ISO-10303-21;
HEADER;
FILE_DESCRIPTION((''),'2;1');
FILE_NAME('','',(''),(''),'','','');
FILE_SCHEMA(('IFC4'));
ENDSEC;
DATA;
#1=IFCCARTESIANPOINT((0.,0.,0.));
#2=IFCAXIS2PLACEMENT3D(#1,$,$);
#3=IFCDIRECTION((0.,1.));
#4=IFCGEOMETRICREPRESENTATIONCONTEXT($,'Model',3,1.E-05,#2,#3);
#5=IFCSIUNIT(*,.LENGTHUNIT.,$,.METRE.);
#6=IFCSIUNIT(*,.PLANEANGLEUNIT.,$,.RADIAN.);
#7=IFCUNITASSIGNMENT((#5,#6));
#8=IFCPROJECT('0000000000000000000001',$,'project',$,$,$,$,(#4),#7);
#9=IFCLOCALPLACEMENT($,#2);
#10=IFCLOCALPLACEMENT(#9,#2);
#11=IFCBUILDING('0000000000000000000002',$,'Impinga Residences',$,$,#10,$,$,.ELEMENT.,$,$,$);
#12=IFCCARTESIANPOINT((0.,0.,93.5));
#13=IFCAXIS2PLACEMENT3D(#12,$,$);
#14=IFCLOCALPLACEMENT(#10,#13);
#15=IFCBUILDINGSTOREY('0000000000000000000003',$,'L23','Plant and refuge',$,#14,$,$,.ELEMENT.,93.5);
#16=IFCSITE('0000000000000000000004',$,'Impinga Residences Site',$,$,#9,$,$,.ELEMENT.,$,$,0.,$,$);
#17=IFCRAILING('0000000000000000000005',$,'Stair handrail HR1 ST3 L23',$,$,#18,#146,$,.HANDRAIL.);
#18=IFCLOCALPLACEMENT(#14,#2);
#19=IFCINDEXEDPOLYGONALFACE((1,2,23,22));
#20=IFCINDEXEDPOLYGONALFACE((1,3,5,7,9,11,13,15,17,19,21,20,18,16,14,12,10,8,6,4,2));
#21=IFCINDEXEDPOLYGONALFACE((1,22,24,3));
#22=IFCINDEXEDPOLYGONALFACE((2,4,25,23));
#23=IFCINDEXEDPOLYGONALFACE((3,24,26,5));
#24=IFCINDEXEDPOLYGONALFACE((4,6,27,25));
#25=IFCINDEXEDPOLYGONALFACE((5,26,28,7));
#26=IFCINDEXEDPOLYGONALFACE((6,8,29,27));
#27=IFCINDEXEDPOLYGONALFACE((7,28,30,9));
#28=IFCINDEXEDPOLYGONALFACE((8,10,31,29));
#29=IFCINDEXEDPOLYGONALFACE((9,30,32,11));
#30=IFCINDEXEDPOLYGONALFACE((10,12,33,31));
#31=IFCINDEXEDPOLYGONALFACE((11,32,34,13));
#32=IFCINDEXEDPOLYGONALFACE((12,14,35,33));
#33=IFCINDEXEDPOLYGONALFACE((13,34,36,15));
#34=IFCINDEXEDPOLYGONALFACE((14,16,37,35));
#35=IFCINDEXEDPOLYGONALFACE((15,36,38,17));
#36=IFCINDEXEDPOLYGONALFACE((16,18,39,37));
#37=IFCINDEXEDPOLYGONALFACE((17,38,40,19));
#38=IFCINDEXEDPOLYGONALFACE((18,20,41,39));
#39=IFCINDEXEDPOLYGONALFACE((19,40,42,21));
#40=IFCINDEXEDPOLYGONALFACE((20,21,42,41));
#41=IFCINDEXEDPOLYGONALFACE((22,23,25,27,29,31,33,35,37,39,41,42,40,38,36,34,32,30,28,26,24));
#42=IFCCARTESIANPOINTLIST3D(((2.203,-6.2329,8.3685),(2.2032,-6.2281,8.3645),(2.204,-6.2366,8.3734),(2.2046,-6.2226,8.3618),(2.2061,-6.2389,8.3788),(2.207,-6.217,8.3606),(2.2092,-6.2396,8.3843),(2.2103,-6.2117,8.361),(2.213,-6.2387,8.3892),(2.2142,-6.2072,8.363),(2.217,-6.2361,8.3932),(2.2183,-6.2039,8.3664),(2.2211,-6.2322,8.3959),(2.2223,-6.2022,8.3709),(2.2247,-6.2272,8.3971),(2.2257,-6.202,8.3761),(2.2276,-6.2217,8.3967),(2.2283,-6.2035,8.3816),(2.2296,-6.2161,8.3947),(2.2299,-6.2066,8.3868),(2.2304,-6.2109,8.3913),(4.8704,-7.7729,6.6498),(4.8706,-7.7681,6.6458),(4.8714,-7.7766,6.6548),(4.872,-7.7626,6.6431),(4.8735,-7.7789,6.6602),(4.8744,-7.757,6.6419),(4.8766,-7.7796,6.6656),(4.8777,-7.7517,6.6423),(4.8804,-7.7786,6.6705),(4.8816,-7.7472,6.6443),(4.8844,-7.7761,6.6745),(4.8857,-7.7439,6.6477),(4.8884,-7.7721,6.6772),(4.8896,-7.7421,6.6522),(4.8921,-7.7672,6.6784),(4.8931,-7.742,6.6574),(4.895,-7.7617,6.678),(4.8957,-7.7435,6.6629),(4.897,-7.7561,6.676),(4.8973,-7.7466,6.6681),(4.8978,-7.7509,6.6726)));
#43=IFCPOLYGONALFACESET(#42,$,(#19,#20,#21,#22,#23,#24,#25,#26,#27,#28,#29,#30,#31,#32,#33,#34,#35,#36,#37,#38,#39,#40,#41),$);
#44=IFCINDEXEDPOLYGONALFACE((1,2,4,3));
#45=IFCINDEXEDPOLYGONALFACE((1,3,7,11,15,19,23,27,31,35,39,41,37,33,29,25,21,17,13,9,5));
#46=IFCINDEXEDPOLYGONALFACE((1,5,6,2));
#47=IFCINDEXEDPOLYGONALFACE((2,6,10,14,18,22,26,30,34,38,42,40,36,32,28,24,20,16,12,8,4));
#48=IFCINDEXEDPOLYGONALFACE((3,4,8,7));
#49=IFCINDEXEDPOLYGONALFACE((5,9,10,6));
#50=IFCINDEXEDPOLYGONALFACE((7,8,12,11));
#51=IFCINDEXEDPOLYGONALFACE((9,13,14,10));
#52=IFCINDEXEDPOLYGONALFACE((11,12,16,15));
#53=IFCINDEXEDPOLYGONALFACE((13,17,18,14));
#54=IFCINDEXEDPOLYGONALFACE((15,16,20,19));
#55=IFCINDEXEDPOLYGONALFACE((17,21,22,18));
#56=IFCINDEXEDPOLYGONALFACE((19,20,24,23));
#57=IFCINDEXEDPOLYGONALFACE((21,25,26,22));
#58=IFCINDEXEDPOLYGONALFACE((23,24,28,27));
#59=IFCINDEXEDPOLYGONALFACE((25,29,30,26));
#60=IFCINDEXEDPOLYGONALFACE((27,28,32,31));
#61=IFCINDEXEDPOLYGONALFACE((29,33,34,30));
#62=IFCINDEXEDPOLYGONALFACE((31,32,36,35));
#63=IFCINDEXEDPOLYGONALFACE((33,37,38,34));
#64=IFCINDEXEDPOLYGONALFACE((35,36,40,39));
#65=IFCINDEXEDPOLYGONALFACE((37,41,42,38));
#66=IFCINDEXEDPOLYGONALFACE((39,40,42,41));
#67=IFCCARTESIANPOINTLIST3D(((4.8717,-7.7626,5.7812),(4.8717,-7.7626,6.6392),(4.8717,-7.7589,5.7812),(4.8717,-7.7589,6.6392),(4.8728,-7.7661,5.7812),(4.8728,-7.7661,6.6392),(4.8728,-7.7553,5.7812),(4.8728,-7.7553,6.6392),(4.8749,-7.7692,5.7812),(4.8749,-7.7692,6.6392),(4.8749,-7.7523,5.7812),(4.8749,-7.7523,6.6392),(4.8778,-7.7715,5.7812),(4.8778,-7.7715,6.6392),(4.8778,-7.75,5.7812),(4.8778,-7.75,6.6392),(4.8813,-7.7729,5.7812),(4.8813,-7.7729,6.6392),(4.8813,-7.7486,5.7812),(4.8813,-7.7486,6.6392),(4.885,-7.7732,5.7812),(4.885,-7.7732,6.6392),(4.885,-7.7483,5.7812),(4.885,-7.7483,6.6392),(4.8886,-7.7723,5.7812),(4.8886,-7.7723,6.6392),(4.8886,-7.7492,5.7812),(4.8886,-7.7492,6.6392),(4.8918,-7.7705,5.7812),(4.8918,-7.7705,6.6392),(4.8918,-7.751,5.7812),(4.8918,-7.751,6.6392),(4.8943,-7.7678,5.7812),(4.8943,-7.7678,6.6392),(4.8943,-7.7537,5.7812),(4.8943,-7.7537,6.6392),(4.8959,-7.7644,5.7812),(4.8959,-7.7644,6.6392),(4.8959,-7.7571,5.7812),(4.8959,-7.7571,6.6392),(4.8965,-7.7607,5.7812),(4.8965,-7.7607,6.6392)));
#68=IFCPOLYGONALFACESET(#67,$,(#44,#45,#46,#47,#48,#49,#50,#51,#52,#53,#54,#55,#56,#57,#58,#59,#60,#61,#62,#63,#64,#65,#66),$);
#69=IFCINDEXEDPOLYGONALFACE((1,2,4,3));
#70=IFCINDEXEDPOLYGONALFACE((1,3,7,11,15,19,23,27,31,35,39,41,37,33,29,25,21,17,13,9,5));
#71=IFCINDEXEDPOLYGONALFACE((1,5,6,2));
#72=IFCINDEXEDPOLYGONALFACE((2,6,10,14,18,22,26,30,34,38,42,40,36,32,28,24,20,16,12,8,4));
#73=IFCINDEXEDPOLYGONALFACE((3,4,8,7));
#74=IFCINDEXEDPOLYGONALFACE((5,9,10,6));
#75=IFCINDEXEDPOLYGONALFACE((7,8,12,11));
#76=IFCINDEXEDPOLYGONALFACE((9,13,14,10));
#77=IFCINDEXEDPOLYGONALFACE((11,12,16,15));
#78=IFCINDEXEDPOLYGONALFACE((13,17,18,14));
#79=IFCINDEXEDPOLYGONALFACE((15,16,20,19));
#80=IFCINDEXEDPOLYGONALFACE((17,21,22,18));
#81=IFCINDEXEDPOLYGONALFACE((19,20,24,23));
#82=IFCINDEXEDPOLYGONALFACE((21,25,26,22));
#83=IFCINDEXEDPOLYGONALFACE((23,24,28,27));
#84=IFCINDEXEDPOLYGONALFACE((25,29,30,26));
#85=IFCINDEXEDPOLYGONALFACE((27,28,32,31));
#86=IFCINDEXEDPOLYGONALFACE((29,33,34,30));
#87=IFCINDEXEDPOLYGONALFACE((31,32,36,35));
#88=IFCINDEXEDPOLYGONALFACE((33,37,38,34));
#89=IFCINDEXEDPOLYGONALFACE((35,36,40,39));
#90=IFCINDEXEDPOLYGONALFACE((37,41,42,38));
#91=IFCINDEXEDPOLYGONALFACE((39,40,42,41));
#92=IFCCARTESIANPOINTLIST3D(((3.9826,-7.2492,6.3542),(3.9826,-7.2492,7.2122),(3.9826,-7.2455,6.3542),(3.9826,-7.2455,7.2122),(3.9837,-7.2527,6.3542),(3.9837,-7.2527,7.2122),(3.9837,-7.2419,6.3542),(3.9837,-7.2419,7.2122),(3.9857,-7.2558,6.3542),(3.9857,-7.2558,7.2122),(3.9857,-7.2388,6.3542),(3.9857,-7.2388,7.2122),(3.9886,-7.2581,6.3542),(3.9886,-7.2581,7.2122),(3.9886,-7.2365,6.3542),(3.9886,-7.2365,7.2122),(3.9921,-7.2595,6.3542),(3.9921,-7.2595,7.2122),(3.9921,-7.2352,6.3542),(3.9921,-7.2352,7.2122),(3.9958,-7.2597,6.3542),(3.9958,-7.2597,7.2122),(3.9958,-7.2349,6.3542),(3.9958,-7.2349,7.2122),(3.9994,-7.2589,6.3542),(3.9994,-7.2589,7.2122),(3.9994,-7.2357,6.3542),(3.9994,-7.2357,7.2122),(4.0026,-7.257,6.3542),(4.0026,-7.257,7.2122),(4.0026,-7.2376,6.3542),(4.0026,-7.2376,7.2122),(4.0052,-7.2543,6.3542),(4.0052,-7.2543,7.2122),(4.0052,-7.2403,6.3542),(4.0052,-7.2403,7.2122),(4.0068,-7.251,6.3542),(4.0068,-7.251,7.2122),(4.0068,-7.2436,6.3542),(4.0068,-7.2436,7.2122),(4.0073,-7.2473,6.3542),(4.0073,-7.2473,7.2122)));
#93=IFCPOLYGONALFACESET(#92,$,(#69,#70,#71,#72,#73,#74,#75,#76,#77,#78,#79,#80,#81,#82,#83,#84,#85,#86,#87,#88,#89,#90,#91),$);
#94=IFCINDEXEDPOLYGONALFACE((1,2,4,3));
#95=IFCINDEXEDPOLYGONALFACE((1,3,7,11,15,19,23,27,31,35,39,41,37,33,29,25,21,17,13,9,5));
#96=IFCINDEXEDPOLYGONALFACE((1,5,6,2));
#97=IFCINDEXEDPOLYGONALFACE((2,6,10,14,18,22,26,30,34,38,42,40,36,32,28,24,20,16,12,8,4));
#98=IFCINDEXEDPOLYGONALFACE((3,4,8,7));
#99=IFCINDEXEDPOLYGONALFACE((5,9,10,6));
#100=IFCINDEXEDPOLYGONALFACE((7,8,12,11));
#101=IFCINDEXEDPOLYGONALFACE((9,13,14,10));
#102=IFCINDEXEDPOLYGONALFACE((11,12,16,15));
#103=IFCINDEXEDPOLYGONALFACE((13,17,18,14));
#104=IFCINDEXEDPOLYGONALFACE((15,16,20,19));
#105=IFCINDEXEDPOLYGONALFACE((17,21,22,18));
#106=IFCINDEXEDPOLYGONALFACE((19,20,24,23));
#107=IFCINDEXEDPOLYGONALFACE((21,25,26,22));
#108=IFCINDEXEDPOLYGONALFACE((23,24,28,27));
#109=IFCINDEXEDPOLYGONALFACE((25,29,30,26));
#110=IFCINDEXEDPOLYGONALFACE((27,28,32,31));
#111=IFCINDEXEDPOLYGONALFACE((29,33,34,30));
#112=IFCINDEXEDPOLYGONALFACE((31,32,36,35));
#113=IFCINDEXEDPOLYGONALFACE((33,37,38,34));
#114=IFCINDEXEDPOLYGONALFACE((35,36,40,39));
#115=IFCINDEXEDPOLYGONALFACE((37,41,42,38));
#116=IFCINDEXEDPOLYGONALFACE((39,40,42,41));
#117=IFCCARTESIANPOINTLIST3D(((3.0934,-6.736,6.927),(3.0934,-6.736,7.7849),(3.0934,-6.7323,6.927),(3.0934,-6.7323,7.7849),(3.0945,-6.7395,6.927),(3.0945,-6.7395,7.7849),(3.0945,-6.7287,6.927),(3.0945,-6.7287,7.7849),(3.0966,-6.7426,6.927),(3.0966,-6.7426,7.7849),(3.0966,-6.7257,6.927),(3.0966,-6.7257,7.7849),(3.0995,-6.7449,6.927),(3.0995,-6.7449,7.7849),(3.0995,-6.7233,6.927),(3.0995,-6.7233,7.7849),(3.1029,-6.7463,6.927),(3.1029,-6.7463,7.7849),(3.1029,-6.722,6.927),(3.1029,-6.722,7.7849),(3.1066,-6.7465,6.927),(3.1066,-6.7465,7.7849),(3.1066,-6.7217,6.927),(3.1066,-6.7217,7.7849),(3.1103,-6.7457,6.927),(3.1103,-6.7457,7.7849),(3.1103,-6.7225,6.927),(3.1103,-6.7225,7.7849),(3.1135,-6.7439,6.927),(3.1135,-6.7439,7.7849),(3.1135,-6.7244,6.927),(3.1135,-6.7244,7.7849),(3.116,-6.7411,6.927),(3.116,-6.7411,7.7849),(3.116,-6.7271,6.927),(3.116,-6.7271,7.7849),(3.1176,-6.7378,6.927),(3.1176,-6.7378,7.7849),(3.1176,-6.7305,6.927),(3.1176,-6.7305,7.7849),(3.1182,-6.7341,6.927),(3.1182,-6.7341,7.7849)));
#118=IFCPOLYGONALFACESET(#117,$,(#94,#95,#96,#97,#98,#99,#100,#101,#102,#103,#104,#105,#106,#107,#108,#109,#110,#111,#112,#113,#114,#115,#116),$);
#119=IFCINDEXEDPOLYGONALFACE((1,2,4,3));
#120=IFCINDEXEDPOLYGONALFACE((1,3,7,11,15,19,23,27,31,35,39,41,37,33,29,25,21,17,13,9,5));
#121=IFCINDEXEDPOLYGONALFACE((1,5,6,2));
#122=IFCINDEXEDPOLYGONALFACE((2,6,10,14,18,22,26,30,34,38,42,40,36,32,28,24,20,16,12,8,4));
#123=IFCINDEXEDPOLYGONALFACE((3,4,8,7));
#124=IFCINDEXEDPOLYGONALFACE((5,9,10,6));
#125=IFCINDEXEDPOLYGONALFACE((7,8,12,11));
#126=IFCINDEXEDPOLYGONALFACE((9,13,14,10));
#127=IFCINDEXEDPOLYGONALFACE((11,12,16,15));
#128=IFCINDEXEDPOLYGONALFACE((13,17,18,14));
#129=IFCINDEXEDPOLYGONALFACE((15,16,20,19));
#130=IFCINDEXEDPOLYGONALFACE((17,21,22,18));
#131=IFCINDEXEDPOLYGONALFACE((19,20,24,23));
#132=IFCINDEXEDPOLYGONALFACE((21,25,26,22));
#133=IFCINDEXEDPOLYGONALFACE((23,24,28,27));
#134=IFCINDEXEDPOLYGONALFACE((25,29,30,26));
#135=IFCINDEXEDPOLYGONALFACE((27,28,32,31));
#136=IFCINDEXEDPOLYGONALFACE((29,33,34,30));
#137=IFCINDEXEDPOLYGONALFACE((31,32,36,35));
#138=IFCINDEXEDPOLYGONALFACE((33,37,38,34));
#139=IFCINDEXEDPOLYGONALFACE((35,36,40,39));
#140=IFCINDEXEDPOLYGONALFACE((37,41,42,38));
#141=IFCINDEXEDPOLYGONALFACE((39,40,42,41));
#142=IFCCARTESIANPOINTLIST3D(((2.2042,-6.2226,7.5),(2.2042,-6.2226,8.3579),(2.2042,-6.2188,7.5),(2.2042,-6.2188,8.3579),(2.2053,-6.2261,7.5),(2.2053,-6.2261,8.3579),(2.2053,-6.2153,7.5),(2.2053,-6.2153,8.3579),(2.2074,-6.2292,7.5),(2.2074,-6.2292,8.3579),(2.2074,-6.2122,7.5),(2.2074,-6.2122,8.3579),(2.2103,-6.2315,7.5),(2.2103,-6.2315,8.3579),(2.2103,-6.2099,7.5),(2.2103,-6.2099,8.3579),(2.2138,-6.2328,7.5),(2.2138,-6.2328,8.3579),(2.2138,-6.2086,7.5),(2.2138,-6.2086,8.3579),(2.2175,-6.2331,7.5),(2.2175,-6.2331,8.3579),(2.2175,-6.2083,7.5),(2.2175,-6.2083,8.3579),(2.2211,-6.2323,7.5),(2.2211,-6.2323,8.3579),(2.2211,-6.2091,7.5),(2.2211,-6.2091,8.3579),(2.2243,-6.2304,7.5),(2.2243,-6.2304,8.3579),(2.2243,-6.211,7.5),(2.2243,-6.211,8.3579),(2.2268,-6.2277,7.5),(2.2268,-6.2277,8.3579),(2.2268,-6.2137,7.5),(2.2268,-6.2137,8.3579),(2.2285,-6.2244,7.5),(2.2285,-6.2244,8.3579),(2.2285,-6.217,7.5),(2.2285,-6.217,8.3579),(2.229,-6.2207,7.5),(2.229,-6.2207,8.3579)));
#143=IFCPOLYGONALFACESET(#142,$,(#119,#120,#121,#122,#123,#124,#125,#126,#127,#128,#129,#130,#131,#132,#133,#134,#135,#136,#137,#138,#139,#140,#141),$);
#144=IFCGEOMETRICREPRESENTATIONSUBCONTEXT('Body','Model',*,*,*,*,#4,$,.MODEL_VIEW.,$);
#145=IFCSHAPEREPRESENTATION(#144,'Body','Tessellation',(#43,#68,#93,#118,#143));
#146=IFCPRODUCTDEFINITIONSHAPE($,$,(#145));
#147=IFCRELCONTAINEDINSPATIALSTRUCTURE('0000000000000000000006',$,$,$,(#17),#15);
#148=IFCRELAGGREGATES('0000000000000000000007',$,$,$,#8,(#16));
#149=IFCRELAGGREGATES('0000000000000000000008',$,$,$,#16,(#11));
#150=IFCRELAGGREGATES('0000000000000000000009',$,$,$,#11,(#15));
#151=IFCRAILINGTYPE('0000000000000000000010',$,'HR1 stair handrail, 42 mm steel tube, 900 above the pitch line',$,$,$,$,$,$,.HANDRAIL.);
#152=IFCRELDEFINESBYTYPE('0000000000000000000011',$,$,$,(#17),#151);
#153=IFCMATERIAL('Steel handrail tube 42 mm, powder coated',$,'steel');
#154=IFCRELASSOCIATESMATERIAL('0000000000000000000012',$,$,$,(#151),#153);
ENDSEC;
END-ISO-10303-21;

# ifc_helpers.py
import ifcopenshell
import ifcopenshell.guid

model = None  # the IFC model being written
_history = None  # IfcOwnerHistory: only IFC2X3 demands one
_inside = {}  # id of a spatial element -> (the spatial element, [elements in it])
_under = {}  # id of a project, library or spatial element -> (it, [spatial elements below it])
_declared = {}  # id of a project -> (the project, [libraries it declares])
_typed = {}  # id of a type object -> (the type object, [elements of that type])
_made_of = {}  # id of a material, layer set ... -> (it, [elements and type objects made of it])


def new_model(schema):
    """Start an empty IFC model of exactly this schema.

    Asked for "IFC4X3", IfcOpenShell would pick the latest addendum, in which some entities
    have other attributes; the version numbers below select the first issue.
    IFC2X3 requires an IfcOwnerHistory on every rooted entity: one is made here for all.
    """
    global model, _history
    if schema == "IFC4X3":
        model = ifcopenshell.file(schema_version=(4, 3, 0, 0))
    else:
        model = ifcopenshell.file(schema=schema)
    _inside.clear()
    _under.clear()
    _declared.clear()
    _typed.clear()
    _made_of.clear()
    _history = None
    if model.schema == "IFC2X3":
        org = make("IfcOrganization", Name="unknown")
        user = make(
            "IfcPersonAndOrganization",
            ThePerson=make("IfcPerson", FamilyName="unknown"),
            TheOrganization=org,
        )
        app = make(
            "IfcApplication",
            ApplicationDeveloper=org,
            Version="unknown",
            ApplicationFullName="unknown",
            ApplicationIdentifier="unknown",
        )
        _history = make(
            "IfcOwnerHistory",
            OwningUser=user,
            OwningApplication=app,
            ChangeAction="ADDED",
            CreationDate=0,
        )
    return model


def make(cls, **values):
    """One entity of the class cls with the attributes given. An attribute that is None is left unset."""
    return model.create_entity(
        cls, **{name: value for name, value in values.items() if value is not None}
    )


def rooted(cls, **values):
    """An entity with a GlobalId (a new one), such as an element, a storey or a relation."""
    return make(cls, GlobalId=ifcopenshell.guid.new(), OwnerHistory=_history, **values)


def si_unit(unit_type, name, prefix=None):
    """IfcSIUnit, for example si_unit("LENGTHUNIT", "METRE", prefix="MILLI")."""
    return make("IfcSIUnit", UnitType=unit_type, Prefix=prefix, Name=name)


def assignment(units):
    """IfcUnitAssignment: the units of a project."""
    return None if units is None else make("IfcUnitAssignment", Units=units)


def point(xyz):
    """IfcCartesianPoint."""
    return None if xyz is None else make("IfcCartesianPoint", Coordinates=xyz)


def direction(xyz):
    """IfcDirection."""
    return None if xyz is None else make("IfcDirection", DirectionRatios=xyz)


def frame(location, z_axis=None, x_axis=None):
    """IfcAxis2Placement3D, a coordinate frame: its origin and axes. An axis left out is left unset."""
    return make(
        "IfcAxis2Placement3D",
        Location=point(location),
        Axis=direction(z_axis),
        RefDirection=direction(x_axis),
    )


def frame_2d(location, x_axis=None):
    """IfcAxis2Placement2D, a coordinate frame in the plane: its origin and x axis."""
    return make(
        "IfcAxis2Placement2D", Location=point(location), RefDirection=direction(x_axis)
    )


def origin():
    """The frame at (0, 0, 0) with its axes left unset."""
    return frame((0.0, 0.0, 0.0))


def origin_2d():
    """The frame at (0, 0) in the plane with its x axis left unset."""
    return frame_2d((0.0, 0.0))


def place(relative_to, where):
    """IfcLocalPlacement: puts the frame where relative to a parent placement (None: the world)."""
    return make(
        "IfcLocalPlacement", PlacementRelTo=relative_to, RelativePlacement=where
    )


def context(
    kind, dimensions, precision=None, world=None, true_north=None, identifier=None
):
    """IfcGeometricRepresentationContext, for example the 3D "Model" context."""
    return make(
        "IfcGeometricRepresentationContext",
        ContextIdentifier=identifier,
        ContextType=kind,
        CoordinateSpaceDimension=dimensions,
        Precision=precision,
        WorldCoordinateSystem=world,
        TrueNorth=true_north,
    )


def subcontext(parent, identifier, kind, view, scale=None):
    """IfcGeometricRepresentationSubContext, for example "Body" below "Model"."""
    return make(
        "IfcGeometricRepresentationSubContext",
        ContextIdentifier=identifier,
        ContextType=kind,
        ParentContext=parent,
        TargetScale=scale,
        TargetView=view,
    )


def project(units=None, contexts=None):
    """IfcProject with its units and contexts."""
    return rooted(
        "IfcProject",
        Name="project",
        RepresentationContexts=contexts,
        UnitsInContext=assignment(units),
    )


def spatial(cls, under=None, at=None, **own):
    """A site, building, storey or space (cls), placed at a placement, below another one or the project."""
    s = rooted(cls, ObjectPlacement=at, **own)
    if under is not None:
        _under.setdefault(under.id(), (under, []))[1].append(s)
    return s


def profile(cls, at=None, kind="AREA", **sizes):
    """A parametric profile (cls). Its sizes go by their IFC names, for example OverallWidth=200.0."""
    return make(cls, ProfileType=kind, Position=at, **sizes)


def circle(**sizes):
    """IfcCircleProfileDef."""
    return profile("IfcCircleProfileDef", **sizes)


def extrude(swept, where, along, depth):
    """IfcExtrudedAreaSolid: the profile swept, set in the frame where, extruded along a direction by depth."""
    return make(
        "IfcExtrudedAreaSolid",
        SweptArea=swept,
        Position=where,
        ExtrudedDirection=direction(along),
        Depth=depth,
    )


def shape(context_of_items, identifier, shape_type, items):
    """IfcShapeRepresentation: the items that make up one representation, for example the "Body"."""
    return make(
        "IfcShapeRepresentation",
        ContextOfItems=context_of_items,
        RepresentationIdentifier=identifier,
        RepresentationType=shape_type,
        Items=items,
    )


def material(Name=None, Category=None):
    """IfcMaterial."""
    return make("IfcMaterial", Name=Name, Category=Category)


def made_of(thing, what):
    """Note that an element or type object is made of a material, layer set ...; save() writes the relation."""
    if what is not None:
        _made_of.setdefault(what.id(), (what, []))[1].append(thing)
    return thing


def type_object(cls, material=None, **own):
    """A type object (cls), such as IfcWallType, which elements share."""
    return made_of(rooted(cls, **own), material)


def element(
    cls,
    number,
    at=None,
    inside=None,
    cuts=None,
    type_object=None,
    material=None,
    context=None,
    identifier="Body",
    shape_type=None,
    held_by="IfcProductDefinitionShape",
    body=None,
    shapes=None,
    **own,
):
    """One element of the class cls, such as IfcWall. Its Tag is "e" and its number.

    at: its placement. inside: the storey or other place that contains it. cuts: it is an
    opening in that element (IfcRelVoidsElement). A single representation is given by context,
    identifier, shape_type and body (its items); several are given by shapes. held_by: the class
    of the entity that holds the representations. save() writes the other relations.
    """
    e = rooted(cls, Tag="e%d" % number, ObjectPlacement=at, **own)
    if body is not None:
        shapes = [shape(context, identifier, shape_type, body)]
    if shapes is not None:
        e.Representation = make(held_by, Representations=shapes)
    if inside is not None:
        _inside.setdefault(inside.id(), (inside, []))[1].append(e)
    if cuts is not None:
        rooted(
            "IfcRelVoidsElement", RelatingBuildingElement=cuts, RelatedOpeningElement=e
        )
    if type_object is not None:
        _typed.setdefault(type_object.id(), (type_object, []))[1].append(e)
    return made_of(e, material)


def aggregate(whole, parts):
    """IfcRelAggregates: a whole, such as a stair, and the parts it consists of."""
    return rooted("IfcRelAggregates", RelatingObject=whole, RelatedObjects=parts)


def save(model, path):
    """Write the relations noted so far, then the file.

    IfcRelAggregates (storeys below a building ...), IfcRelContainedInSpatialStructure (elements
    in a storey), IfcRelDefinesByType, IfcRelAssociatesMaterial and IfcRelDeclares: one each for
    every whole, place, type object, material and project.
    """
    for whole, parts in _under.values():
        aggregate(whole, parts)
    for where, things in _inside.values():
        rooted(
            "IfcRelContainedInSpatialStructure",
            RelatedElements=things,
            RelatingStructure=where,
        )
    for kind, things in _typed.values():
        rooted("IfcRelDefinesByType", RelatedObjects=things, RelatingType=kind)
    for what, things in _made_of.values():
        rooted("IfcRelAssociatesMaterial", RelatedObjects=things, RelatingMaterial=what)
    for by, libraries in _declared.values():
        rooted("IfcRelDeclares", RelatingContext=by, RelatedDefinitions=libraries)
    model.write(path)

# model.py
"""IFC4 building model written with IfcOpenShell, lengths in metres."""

from ifc_helpers import new_model, si_unit, direction, frame, origin, origin_2d, place, context, subcontext, project, spatial, circle, extrude, material, type_object, element, save


model = new_model("IFC4")

# Units and contexts
model_context = context("Model", 3, precision=1e-05, world=origin(), true_north=direction((0.0, 1.0)))
body_context = subcontext(model_context, "Body", "Model", "MODEL_VIEW")
ifc_project = project(units=[si_unit("LENGTHUNIT", "METRE"), si_unit("PLANEANGLEUNIT", "RADIAN")], contexts=[model_context])

# Site, building, storey
site_placement = place(None, origin())
site = spatial("IfcSite", under=ifc_project, at=site_placement, Name="Impinga Residences Site", CompositionType="ELEMENT", RefElevation=0.0)
building_placement = place(site_placement, origin())
building = spatial("IfcBuilding", under=site, at=building_placement, Name="Impinga Residences", CompositionType="ELEMENT")
storey_placement = place(building_placement, frame((0.0, 0.0, 93.5)))
storey = spatial("IfcBuildingStorey", under=building, at=storey_placement, Name="L23", Description="Plant and refuge", CompositionType="ELEMENT", Elevation=93.5)

# Railing
ifc_material_1 = material(Name="Steel handrail tube 42 mm, powder coated", Category="steel")
railing_type_1 = type_object("IfcRailingType", Name="HR1 stair handrail, 42 mm steel tube, 900 above the pitch line", PredefinedType="HANDRAIL", material=ifc_material_1)
for number, where, name in (
    (1, (4.884, -7.7607, 5.7812), "Stair handrail HR1 ST3 L23"),
):
    element("IfcRailing", number, at=place(storey_placement, frame(where)), inside=storey, type_object=railing_type_1, Name=name, PredefinedType="HANDRAIL", context=body_context, shape_type="SweptSolid", body=[
        extrude(circle(Radius=0.021, at=origin_2d()), frame((0.0, 0.0, 0.8789), z_axis=(-0.756256, 0.436616, 0.487282), x_axis=(-0.499992, -0.86603, 0.0)), (0.0, 0.0, 1.0), 3.5271),
        extrude(circle(Radius=0.0125, at=origin_2d()), origin(), (0.0, 0.0, 1.0), 0.8579),
        extrude(circle(Radius=0.0125, at=origin_2d()), frame((-0.8892, 0.5134, 0.573)), (0.0, 0.0, 1.0), 0.8579),
        extrude(circle(Radius=0.0125, at=origin_2d()), frame((-1.7783, 1.0266, 1.1458)), (0.0, 0.0, 1.0), 0.8579),
        extrude(circle(Radius=0.0125, at=origin_2d()), frame((-2.6675, 1.54, 1.7188)), (0.0, 0.0, 1.0), 0.8579),
    ])

save(model, "model.ifc")
